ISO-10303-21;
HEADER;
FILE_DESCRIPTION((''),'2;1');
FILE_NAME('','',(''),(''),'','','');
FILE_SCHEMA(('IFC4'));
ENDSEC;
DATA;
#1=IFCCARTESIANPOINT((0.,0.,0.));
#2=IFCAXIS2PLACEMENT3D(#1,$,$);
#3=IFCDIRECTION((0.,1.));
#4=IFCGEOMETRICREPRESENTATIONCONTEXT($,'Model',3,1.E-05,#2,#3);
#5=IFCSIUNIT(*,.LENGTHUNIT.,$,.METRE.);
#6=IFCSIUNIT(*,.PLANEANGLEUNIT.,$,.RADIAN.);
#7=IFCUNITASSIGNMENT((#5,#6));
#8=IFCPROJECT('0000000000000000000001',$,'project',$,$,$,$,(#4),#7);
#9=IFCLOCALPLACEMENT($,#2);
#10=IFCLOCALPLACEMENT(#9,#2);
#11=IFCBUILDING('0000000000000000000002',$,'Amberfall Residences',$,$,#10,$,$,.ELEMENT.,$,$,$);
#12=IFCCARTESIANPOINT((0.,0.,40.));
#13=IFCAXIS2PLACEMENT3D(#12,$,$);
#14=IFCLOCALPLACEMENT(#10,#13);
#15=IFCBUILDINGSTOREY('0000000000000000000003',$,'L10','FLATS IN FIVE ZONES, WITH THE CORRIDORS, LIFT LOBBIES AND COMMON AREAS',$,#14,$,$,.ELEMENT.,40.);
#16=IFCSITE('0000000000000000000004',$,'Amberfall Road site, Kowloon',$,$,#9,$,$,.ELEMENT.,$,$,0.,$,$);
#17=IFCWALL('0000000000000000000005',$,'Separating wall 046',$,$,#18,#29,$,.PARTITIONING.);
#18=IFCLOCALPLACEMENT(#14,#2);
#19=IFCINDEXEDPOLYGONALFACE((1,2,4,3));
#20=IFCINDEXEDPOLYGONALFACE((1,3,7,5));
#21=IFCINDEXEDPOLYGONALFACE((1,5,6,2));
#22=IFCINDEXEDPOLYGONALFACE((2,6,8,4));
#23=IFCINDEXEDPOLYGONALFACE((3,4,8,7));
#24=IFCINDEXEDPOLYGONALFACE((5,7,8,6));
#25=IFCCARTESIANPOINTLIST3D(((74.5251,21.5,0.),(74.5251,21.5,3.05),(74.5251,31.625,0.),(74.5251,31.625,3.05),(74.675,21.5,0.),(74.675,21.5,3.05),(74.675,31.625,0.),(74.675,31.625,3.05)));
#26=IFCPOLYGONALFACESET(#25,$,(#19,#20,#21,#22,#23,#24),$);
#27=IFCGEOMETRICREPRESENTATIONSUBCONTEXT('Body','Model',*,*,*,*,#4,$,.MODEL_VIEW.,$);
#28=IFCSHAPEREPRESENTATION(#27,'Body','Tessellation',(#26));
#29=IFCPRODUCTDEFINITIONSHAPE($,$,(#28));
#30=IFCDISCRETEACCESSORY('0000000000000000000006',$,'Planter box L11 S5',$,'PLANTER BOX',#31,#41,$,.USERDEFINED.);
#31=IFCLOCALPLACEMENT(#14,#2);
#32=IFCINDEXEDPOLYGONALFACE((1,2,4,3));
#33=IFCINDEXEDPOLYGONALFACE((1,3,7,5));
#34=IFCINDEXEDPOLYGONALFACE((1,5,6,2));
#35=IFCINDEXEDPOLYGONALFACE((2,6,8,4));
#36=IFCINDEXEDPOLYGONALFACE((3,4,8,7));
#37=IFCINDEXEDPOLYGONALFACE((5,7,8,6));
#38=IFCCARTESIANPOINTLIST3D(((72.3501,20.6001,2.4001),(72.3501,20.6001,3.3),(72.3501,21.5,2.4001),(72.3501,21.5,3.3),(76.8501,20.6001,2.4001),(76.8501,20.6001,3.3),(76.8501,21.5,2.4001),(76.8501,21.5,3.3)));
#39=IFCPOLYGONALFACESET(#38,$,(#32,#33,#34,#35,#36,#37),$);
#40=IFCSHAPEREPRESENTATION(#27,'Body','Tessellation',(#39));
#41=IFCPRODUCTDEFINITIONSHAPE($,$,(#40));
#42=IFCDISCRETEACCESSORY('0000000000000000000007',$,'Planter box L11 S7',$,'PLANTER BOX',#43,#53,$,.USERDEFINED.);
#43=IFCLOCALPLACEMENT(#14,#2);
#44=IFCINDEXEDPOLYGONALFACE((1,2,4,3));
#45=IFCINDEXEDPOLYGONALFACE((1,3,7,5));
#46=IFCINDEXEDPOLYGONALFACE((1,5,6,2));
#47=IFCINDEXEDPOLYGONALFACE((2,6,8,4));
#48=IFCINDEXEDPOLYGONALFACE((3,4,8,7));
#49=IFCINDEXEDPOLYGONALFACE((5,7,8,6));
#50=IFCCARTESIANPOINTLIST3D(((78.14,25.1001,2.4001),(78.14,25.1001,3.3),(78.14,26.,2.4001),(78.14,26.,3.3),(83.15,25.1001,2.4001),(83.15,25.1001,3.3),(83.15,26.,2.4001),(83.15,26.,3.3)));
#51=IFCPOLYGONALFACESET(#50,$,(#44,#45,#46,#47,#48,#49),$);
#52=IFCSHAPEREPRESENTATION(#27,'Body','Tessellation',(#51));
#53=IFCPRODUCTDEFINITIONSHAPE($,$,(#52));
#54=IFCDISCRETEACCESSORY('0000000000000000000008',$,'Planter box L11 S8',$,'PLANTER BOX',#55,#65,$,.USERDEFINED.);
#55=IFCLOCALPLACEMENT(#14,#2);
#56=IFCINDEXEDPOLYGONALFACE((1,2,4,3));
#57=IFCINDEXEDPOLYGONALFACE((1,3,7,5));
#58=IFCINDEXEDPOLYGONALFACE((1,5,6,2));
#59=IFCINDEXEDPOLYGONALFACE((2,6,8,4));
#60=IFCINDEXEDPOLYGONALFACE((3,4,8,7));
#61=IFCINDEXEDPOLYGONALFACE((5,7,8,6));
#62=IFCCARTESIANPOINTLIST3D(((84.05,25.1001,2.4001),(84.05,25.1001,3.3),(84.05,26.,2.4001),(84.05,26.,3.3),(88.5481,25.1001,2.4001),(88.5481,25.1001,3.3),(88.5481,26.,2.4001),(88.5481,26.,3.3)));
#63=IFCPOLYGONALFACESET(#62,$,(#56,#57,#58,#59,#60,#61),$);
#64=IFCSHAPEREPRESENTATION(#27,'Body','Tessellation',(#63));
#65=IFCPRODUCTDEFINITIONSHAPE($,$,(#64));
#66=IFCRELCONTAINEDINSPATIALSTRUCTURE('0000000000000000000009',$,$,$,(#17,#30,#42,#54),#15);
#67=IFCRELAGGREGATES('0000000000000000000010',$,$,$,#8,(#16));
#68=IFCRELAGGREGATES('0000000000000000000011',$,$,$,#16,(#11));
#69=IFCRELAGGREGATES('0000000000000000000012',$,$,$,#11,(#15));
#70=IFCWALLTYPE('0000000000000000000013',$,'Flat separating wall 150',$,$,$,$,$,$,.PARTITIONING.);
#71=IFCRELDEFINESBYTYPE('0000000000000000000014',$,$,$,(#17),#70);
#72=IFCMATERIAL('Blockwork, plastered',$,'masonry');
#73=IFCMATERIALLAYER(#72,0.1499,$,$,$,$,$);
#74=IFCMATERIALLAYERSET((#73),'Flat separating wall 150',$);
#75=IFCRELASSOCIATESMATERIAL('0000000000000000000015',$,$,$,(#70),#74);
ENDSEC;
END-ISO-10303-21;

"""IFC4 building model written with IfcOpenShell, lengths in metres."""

from ifc_helpers import new_model, si_unit, direction, frame, frame_2d, origin, origin_2d, place, context, subcontext, project, spatial, rectangle, extrude, material, layer, layer_set, type_object, element, save


model = new_model("IFC4")

# Units and contexts
model_context = context("Model", 3, precision=1e-05, world=origin(), true_north=direction((0.0, 1.0)))
body_context = subcontext(model_context, "Body", "Model", "MODEL_VIEW")
ifc_project = project(units=[si_unit("LENGTHUNIT", "METRE"), si_unit("PLANEANGLEUNIT", "RADIAN")], contexts=[model_context])

# Site, building, storey
site_placement = place(None, origin())
site = spatial("IfcSite", under=ifc_project, at=site_placement, Name="Amberfall Road site, Kowloon", CompositionType="ELEMENT", RefElevation=0.0)
building_placement = place(site_placement, origin())
building = spatial("IfcBuilding", under=site, at=building_placement, Name="Amberfall Residences", CompositionType="ELEMENT")
storey_placement = place(building_placement, frame((0.0, 0.0, 40.0)))
storey = spatial("IfcBuildingStorey", under=building, at=storey_placement, Name="L10", Description="FLATS IN FIVE ZONES, WITH THE CORRIDORS, LIFT LOBBIES AND COMMON AREAS", CompositionType="ELEMENT", Elevation=40.0)

# Wall
ifc_material_1 = material(Name="Blockwork, plastered", Category="masonry")
ifc_layer_1 = layer(ifc_material_1, 0.1499)
ifc_layer_set_1 = layer_set([ifc_layer_1], Name="Flat separating wall 150")
wall_type_1 = type_object("IfcWallType", Name="Flat separating wall 150", PredefinedType="PARTITIONING", material=ifc_layer_set_1)
wall_1_placement = place(storey_placement, frame((74.6001, 21.5, 0.0), z_axis=(0.0, 0.0, 1.0), x_axis=(0.0, 1.0, 0.0)))
element("IfcWall", 1, at=wall_1_placement, inside=storey, type_object=wall_type_1, Name="Separating wall 046", PredefinedType="PARTITIONING", context=body_context, shape_type="SweptSolid", body=[
    extrude(rectangle(XDim=10.125, YDim=0.1499, at=frame_2d((5.0625, 0.0))), origin(), (0.0, 0.0, 1.0), 3.05),
])

# Discrete accessories
discrete_accessory_1_placement = place(storey_placement, frame((74.6001, 21.05, 2.4001), z_axis=(0.0, 0.0, 1.0), x_axis=(1.0, 0.0, 0.0)))
element("IfcDiscreteAccessory", 2, at=discrete_accessory_1_placement, inside=storey, Name="Planter box L11 S5", ObjectType="PLANTER BOX", PredefinedType="USERDEFINED", context=body_context, shape_type="SweptSolid", body=[
    extrude(rectangle(XDim=4.5, YDim=0.8999, at=origin_2d()), origin(), (0.0, 0.0, 1.0), 0.8999),
])
discrete_accessory_2_placement = place(storey_placement, frame((80.645, 25.55, 2.4001), z_axis=(0.0, 0.0, 1.0), x_axis=(1.0, 0.0, 0.0)))
element("IfcDiscreteAccessory", 3, at=discrete_accessory_2_placement, inside=storey, Name="Planter box L11 S7", ObjectType="PLANTER BOX", PredefinedType="USERDEFINED", context=body_context, shape_type="SweptSolid", body=[
    extrude(rectangle(XDim=5.01, YDim=0.8999, at=origin_2d()), origin(), (0.0, 0.0, 1.0), 0.8999),
])
discrete_accessory_3_placement = place(storey_placement, frame((86.2991, 25.55, 2.4001), z_axis=(0.0, 0.0, 1.0), x_axis=(1.0, 0.0, 0.0)))
element("IfcDiscreteAccessory", 4, at=discrete_accessory_3_placement, inside=storey, Name="Planter box L11 S8", ObjectType="PLANTER BOX", PredefinedType="USERDEFINED", context=body_context, shape_type="SweptSolid", body=[
    extrude(rectangle(XDim=4.498, YDim=0.8999, at=origin_2d()), origin(), (0.0, 0.0, 1.0), 0.8999),
])

save(model, "model.ifc")
